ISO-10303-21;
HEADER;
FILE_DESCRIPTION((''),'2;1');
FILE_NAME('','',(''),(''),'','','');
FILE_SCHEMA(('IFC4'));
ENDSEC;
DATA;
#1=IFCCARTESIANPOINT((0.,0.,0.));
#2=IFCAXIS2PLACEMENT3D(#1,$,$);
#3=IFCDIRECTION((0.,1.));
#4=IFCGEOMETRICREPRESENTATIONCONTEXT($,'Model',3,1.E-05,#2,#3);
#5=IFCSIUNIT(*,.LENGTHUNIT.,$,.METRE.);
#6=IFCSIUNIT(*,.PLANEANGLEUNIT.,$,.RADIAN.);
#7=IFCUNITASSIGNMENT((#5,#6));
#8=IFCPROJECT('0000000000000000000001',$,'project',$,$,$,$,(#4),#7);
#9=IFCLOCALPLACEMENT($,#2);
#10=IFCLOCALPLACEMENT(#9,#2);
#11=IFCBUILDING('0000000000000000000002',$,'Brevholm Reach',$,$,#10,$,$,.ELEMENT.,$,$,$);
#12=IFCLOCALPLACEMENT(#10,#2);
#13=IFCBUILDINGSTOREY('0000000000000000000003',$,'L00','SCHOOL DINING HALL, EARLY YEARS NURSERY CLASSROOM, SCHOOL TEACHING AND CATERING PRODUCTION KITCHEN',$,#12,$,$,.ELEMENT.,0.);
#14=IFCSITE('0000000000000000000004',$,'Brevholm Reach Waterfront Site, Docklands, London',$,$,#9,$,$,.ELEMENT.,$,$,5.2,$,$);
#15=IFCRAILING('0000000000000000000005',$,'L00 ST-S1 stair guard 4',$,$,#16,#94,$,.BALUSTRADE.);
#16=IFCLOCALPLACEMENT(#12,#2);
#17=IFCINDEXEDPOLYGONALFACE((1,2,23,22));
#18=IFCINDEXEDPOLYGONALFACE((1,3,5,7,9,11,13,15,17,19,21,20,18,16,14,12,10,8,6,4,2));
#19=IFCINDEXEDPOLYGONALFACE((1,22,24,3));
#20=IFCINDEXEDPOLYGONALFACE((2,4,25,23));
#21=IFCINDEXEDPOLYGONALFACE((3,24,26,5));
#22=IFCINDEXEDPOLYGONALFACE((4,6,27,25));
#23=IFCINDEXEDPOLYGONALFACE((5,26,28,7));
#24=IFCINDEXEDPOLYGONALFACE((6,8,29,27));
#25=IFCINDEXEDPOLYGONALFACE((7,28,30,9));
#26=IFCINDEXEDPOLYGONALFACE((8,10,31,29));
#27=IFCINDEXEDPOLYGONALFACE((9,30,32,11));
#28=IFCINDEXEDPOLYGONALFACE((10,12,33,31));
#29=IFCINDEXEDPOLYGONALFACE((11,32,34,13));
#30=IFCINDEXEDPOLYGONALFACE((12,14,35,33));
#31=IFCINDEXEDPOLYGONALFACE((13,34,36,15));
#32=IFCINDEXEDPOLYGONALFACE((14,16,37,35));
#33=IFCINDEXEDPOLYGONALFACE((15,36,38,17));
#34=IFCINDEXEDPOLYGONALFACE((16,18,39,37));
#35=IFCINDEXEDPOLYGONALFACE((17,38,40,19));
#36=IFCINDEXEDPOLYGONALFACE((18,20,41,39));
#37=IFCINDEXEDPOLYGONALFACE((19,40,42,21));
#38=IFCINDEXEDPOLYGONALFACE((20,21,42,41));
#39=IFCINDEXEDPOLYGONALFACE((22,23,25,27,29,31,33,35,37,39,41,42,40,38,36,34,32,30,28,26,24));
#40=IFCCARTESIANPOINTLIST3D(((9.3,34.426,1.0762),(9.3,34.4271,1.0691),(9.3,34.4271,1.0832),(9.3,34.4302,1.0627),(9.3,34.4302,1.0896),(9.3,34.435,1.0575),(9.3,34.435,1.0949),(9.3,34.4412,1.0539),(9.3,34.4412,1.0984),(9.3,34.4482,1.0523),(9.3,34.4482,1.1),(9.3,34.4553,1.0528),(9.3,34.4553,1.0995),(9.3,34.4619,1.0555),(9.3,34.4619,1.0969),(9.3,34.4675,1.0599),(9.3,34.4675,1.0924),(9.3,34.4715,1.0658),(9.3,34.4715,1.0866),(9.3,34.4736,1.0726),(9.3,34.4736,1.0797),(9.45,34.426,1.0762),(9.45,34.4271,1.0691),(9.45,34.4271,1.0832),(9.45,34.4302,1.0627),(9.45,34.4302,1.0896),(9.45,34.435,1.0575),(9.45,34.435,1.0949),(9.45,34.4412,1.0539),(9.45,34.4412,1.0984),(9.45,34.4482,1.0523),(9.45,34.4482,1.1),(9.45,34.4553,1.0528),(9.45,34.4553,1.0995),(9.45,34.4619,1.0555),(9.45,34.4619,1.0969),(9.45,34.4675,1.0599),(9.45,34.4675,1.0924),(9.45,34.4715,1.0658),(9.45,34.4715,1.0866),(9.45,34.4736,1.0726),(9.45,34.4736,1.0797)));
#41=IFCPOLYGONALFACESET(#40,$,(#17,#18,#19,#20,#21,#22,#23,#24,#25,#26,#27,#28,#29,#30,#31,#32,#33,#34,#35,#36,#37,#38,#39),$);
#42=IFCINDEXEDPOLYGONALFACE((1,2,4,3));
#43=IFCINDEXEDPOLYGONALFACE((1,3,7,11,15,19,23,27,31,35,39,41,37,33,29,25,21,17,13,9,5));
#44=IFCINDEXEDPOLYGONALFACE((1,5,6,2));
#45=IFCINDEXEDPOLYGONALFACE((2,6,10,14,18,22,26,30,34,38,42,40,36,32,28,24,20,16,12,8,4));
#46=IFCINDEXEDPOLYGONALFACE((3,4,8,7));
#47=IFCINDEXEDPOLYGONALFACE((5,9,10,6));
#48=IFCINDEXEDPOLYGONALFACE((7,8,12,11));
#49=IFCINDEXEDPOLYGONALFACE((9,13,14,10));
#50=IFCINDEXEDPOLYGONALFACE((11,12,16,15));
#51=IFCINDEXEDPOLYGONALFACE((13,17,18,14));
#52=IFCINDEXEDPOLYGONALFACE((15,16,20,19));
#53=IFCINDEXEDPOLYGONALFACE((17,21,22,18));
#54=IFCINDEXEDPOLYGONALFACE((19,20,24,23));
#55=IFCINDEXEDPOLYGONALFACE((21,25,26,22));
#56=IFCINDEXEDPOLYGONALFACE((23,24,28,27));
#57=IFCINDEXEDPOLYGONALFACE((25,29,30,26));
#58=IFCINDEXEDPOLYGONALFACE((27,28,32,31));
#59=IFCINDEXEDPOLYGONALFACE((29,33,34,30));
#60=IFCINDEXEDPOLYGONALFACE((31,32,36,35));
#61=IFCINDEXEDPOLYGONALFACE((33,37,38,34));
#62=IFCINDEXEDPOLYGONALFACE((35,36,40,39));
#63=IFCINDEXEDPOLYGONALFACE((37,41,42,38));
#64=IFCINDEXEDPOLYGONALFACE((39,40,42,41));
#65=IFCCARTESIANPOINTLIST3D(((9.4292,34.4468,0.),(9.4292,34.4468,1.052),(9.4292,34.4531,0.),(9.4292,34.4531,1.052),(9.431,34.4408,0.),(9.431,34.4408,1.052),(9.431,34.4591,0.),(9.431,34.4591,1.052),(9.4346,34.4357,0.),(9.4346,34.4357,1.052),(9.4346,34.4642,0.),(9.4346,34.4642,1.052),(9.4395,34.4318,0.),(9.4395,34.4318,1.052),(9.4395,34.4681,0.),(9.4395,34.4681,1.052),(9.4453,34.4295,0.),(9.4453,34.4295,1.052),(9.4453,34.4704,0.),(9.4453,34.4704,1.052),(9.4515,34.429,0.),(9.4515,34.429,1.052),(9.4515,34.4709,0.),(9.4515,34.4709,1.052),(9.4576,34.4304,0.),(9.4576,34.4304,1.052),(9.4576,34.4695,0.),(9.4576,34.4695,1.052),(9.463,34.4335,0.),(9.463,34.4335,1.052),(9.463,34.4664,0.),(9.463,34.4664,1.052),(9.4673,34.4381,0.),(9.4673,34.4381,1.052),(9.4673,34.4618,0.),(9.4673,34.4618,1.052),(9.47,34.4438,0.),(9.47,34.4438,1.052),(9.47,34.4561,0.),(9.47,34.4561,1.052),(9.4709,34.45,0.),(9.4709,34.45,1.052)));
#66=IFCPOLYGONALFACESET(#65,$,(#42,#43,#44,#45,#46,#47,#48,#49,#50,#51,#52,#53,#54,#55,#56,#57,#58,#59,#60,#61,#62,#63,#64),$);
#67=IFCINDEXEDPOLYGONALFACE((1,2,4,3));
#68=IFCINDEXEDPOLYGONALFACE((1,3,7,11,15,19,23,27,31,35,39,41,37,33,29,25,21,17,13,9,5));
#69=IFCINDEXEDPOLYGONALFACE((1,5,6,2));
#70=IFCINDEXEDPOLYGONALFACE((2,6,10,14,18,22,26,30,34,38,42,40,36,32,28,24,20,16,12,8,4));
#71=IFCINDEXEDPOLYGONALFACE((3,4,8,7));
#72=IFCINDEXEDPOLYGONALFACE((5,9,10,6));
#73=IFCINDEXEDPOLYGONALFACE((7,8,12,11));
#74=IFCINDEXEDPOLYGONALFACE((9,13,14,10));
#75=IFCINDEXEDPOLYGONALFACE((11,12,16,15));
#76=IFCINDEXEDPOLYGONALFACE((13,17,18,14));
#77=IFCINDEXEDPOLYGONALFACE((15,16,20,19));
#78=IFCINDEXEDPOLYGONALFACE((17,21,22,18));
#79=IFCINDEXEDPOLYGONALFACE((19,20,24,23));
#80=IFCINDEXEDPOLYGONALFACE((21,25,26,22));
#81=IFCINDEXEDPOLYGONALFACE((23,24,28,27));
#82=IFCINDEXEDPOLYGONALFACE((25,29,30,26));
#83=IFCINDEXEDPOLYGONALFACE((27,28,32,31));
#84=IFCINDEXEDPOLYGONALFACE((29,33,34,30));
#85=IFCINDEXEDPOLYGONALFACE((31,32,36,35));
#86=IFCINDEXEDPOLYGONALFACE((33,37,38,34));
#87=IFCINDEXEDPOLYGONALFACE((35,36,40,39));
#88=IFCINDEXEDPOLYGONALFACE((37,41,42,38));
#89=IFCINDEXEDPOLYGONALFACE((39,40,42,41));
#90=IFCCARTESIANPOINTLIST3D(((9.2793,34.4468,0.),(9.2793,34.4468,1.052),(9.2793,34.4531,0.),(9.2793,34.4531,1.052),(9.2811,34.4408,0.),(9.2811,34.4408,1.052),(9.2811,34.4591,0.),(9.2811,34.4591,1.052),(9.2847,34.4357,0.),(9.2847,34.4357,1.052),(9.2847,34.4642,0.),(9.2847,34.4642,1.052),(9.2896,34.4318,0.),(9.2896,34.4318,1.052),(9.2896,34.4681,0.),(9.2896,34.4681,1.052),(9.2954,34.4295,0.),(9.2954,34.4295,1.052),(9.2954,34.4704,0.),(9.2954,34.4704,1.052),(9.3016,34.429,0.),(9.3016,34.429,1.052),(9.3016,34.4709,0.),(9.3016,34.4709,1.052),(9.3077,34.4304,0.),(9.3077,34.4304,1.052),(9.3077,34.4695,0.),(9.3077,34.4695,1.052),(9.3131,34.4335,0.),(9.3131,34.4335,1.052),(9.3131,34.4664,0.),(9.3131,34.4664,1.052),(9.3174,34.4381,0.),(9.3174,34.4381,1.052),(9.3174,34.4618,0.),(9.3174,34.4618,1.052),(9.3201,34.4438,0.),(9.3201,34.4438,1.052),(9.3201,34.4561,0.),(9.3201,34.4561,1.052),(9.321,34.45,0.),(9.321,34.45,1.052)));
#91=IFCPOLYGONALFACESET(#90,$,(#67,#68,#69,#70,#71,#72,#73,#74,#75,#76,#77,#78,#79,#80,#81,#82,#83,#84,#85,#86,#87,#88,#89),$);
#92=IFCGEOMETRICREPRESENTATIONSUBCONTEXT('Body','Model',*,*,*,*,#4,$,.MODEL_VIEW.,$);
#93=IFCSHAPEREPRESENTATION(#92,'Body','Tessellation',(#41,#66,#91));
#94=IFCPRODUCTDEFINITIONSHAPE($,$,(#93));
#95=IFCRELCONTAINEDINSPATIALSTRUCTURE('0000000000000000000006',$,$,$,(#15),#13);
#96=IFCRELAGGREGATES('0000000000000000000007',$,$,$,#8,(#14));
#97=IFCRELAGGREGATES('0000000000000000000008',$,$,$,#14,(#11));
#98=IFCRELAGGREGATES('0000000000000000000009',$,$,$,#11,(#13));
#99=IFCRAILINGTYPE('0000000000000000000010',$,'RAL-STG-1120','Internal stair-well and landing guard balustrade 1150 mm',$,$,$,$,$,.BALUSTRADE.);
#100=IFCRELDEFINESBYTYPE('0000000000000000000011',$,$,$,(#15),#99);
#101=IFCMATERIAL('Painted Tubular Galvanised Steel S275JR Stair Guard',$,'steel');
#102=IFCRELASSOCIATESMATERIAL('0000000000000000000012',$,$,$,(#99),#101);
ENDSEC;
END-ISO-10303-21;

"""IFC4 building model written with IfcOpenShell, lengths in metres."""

from ifc_helpers import new_model, si_unit, direction, frame, origin, origin_2d, place, context, subcontext, project, spatial, circle, extrude, material, type_object, element, save


model = new_model("IFC4")

# Units and contexts
model_context = context("Model", 3, precision=1e-05, world=origin(), true_north=direction((0.0, 1.0)))
body_context = subcontext(model_context, "Body", "Model", "MODEL_VIEW")
ifc_project = project(units=[si_unit("LENGTHUNIT", "METRE"), si_unit("PLANEANGLEUNIT", "RADIAN")], contexts=[model_context])

# Site, building, storey
site_placement = place(None, origin())
site = spatial("IfcSite", under=ifc_project, at=site_placement, Name="Brevholm Reach Waterfront Site, Docklands, London", CompositionType="ELEMENT", RefElevation=5.2)
building_placement = place(site_placement, origin())
building = spatial("IfcBuilding", under=site, at=building_placement, Name="Brevholm Reach", CompositionType="ELEMENT")
storey_placement = place(building_placement, origin())
storey = spatial("IfcBuildingStorey", under=building, at=storey_placement, Name="L00", Description="SCHOOL DINING HALL, EARLY YEARS NURSERY CLASSROOM, SCHOOL TEACHING AND CATERING PRODUCTION KITCHEN", CompositionType="ELEMENT", Elevation=0.0)

# Railing
ifc_material_1 = material(Name="Painted Tubular Galvanised Steel S275JR Stair Guard", Category="steel")
railing_type_1 = type_object("IfcRailingType", Name="RAL-STG-1120", Description="Internal stair-well and landing guard balustrade 1150 mm", PredefinedType="BALUSTRADE", material=ifc_material_1)
railing_1_placement = place(storey_placement, frame((9.45, 34.45, 0.0)))
element("IfcRailing", 1, at=railing_1_placement, inside=storey, type_object=railing_type_1, Name="L00 ST-S1 stair guard 4", PredefinedType="BALUSTRADE", context=body_context, shape_type="SweptSolid", body=[
    extrude(circle(Radius=0.0239, at=origin_2d()), frame((0.0, 0.0, 1.0762), z_axis=(-1.0, 0.0, 0.0), x_axis=(0.0, -1.0, 0.0)), (0.0, 0.0, 1.0), 0.1499),
    extrude(circle(Radius=0.021, at=origin_2d()), origin(), (0.0, 0.0, 1.0), 1.052),
    extrude(circle(Radius=0.021, at=origin_2d()), frame((-0.1499, 0.0, 0.0)), (0.0, 0.0, 1.0), 1.052),
])

save(model, "model.ifc")
